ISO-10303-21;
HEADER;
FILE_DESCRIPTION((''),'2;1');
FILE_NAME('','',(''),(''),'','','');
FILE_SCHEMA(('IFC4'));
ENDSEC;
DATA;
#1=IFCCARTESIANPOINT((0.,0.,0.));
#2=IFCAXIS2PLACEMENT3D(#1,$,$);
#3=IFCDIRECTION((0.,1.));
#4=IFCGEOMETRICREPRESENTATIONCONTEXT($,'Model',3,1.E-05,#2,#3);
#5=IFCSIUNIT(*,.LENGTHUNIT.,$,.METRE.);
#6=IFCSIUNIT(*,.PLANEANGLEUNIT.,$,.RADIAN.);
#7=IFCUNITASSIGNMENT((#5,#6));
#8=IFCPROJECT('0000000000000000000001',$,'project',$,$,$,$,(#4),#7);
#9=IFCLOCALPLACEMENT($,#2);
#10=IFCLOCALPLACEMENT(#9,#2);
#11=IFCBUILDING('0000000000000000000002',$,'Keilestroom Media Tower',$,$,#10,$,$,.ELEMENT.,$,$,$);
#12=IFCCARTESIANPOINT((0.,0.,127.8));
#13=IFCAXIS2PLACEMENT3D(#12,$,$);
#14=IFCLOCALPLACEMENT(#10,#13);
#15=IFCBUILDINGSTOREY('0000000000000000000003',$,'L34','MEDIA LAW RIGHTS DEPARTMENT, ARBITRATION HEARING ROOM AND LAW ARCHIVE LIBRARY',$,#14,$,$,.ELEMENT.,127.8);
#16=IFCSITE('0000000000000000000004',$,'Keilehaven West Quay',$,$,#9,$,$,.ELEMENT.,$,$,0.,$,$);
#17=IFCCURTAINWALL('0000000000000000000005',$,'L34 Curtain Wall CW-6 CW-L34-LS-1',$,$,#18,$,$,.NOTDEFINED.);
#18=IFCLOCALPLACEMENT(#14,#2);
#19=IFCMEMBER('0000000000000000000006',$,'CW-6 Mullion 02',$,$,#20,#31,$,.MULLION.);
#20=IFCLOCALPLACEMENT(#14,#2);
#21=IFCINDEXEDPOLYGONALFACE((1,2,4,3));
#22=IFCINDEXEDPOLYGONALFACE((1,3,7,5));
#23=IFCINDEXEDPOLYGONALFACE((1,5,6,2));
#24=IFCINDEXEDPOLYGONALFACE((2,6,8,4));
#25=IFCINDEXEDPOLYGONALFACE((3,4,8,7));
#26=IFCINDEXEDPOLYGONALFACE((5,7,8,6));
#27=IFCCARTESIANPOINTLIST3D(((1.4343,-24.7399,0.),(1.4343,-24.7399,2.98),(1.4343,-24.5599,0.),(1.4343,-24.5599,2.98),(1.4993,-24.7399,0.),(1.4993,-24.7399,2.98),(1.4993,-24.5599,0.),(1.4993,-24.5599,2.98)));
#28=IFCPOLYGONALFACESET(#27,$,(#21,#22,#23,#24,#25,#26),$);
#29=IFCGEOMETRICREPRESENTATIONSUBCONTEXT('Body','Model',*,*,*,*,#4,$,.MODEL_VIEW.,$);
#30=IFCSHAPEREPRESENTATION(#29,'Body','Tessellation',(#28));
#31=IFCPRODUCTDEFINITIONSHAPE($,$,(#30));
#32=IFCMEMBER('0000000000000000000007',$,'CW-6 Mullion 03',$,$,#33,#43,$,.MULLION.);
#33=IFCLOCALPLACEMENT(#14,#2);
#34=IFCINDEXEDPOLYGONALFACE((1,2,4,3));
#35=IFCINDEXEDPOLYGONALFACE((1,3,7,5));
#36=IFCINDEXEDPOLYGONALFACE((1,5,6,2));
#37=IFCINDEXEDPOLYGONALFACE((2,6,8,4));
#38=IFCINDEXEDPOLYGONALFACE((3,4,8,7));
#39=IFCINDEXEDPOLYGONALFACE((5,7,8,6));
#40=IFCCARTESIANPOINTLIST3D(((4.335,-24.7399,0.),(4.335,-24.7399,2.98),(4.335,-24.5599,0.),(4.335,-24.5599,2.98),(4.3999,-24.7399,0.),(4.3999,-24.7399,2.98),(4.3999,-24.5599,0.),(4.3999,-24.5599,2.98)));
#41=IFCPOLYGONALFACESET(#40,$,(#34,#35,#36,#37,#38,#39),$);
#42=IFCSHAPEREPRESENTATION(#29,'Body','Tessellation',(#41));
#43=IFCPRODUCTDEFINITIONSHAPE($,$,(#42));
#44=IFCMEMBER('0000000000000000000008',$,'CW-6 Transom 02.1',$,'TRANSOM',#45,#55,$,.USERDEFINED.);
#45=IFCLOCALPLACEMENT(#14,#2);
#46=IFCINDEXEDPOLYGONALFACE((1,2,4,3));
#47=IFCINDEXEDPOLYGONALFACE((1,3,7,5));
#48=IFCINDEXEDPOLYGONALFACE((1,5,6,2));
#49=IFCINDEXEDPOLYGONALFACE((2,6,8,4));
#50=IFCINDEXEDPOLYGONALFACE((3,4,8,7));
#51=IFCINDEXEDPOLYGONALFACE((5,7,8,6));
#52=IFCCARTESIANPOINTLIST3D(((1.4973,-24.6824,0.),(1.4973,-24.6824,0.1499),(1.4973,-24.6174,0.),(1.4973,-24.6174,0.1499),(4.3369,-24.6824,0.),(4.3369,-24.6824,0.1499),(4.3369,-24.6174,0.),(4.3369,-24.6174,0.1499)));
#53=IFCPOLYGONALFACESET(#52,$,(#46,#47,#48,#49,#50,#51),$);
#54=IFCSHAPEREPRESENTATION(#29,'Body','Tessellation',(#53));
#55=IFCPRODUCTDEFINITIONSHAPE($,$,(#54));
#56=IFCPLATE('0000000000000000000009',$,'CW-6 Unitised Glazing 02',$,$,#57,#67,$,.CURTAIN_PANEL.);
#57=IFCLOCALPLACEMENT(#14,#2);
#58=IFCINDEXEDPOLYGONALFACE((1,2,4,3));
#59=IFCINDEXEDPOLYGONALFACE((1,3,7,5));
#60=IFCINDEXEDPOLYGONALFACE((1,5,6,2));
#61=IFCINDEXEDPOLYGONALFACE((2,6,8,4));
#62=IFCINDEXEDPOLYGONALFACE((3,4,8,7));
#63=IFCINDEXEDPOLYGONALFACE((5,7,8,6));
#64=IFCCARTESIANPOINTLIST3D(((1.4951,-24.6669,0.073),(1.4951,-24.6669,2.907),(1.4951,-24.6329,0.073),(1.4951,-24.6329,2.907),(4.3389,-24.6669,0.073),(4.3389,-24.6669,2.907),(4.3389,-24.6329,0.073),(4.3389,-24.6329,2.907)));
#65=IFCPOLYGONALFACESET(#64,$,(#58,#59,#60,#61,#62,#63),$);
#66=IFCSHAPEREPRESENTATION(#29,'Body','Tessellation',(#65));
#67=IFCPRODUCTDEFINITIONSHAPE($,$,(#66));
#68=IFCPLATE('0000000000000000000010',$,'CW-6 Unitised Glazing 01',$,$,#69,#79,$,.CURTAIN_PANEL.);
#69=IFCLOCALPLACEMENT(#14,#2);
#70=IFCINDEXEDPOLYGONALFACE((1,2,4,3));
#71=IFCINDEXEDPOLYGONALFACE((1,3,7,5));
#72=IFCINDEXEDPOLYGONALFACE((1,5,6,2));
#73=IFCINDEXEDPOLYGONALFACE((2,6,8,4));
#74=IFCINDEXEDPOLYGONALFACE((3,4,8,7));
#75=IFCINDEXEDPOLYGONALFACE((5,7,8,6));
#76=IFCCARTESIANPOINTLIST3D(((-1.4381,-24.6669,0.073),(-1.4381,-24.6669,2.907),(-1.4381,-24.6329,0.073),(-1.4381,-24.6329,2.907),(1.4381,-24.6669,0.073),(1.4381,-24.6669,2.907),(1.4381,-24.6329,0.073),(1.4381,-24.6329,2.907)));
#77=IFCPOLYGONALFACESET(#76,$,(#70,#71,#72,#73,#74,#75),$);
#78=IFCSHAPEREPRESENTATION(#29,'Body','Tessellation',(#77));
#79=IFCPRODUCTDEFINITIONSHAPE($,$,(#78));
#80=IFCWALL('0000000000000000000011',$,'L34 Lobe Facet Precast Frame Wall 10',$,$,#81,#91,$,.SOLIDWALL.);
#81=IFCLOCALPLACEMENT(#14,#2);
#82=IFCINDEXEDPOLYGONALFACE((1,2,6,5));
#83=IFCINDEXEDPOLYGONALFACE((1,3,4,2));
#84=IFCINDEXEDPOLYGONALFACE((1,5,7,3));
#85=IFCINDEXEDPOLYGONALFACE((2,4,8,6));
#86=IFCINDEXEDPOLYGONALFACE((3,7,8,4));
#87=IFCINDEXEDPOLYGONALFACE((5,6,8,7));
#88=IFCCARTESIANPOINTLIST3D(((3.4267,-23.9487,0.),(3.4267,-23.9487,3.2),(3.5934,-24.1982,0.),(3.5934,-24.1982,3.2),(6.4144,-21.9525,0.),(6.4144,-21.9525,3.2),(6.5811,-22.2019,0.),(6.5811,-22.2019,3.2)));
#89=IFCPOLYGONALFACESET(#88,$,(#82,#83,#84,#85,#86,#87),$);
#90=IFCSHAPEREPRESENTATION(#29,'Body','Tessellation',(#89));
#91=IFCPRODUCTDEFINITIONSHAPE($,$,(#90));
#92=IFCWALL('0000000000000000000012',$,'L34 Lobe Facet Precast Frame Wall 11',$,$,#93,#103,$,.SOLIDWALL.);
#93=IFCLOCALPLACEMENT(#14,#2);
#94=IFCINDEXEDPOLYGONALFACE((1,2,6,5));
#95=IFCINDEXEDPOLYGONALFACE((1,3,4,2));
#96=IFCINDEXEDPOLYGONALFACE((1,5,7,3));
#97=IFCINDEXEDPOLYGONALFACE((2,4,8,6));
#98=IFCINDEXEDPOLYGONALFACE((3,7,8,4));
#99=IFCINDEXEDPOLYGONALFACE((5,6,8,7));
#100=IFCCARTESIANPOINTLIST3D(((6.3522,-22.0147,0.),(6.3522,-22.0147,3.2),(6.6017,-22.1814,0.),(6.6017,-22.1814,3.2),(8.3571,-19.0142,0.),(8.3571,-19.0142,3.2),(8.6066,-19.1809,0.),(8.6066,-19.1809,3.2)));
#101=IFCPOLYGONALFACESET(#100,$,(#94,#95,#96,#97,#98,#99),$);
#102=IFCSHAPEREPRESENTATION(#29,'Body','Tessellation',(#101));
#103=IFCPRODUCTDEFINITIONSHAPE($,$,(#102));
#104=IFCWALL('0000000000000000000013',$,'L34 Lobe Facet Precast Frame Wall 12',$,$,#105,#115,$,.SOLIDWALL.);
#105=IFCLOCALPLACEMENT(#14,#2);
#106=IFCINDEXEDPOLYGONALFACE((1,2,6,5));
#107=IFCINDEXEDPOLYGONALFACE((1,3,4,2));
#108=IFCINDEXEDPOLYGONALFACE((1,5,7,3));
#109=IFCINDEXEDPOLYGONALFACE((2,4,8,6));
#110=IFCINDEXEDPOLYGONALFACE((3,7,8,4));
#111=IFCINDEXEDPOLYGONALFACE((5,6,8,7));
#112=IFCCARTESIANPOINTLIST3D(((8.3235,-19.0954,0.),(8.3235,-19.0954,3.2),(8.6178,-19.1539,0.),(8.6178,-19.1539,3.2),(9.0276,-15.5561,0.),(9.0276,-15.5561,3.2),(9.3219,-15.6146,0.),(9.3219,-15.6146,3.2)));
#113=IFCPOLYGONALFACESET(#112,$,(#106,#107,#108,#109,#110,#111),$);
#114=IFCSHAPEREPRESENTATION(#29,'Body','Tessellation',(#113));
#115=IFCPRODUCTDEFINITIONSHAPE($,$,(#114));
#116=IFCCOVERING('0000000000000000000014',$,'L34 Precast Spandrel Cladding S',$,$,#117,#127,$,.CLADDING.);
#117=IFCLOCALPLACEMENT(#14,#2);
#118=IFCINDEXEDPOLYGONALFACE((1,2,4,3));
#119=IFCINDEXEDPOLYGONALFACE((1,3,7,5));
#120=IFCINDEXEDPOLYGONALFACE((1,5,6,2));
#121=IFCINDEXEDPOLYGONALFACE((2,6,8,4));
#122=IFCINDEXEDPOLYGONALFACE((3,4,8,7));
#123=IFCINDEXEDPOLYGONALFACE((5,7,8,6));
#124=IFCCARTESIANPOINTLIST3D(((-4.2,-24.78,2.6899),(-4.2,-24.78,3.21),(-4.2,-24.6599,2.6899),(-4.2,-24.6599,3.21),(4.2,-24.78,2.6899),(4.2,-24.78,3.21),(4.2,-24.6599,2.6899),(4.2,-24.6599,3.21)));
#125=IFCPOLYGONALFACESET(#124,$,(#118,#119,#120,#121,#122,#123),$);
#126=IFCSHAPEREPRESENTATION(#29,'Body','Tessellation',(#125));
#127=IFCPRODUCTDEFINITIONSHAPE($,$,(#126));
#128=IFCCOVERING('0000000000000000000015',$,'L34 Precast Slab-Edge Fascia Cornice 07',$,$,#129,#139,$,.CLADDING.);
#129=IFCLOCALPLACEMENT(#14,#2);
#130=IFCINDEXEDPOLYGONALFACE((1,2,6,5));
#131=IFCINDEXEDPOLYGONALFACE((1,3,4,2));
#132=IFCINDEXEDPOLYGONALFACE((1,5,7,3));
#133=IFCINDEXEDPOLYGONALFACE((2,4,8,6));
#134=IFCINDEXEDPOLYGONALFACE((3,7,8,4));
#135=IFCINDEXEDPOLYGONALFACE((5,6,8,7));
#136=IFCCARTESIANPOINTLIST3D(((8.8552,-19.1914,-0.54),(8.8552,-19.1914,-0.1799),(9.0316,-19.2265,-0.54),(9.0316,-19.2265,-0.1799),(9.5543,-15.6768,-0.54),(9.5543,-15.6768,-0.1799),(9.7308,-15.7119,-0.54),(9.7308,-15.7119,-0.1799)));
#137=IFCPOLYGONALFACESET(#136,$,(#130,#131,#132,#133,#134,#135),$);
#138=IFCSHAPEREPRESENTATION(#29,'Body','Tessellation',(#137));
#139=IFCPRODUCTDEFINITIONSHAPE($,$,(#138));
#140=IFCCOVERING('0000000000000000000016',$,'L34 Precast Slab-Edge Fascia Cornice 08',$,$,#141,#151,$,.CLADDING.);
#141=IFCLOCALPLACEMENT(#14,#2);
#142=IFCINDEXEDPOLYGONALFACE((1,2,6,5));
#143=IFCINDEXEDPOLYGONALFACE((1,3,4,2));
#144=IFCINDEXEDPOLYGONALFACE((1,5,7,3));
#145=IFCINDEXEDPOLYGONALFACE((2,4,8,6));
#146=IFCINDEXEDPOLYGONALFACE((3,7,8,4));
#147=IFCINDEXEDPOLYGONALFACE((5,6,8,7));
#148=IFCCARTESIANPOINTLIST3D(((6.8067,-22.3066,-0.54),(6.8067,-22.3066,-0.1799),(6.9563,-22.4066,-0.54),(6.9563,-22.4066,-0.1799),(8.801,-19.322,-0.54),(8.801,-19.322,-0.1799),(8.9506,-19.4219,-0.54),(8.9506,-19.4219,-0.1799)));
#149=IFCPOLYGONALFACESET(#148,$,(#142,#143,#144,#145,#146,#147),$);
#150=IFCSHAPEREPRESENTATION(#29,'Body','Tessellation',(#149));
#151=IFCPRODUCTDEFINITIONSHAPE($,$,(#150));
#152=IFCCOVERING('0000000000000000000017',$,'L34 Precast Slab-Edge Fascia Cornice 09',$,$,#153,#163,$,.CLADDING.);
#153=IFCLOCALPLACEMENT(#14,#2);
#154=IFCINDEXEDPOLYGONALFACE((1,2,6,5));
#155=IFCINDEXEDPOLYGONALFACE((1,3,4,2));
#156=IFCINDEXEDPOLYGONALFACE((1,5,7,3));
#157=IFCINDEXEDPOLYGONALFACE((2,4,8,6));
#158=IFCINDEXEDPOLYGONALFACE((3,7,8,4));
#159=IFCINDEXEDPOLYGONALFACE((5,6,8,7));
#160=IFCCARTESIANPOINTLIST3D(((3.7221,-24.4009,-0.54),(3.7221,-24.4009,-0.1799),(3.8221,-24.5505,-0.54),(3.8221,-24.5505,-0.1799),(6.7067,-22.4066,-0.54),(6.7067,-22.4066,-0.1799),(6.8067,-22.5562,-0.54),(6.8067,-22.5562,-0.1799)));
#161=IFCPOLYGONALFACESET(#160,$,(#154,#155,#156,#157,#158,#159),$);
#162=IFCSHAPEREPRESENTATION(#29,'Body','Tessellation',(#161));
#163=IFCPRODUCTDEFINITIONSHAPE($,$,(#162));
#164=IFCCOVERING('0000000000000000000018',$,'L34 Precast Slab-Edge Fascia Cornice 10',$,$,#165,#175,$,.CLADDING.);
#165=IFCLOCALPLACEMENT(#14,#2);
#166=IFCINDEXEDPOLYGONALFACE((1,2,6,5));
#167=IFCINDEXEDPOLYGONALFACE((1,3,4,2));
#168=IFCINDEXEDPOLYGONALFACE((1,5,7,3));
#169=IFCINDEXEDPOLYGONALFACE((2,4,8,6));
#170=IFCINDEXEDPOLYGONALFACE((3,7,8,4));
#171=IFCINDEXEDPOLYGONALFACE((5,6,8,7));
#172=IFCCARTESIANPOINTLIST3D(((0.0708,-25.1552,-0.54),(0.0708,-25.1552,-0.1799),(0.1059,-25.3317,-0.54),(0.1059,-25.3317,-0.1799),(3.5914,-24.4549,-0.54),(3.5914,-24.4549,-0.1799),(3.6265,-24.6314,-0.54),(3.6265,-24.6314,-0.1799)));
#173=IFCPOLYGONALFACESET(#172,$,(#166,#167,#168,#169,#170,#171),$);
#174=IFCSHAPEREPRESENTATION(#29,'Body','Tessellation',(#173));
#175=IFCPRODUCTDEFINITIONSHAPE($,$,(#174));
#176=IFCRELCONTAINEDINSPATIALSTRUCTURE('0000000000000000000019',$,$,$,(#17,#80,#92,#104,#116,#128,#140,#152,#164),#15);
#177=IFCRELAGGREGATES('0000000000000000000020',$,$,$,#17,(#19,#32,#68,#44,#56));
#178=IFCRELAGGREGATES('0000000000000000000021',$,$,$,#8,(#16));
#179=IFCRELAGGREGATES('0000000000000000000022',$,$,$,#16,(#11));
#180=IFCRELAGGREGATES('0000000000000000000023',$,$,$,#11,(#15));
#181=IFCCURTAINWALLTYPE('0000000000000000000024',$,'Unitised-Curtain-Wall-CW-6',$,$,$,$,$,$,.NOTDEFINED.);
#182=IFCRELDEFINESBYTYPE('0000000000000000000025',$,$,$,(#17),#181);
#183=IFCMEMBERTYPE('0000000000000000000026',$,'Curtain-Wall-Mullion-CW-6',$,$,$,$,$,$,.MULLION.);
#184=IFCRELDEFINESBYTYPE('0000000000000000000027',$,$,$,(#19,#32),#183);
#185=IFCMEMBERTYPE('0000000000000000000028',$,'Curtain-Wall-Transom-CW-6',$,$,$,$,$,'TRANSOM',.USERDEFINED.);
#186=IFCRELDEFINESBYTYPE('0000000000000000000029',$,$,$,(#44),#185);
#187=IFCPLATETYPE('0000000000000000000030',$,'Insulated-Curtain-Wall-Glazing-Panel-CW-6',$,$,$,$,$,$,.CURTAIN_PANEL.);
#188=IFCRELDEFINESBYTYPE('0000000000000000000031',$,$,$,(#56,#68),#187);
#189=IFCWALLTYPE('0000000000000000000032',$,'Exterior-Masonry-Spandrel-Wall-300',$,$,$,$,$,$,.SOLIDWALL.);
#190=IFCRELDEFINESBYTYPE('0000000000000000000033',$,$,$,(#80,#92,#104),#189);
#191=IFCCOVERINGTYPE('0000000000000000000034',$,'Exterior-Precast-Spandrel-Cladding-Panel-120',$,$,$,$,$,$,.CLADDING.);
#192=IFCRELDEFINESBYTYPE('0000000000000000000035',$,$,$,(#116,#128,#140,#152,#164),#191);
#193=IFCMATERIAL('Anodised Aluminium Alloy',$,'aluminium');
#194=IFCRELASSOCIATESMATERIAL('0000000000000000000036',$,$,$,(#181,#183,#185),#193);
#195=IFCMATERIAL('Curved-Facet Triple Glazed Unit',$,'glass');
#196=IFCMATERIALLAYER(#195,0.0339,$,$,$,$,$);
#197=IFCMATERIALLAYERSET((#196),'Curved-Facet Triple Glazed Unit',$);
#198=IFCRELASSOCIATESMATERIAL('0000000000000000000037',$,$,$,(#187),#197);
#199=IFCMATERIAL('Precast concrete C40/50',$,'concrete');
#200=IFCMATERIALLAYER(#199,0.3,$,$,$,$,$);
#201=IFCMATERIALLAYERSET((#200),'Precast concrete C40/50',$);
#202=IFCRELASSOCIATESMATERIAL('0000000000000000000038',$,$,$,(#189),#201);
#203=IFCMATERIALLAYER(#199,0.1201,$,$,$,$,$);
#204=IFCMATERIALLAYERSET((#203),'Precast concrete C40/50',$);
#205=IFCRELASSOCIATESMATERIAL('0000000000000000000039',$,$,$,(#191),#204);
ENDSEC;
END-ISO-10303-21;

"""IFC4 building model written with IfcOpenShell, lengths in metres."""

from ifc_helpers import new_model, si_unit, direction, frame, frame_2d, origin, origin_2d, place, context, subcontext, project, spatial, rectangle, extrude, source, transform, mapped, material, layer, layer_set, material_profile, profile_set, type_object, element, aggregate, save


model = new_model("IFC4")

# Units and contexts
model_context = context("Model", 3, precision=1e-05, world=origin(), true_north=direction((0.0, 1.0)))
body_context = subcontext(model_context, "Body", "Model", "MODEL_VIEW")
ifc_project = project(units=[si_unit("LENGTHUNIT", "METRE"), si_unit("PLANEANGLEUNIT", "RADIAN")], contexts=[model_context])

# Site, building, storey
site_placement = place(None, origin())
site = spatial("IfcSite", under=ifc_project, at=site_placement, Name="Keilehaven West Quay", CompositionType="ELEMENT", RefElevation=0.0)
building_placement = place(site_placement, origin())
building = spatial("IfcBuilding", under=site, at=building_placement, Name="Keilestroom Media Tower", CompositionType="ELEMENT")
storey_placement = place(building_placement, frame((0.0, 0.0, 127.8)))
storey = spatial("IfcBuildingStorey", under=building, at=storey_placement, Name="L34", Description="MEDIA LAW RIGHTS DEPARTMENT, ARBITRATION HEARING ROOM AND LAW ARCHIVE LIBRARY", CompositionType="ELEMENT", Elevation=127.8)

# Curtain wall, members, plates
ifc_material_1 = material(Name="Anodised Aluminium Alloy", Category="aluminium")
curtain_wall_type = type_object("IfcCurtainWallType", Name="Unitised-Curtain-Wall-CW-6", PredefinedType="NOTDEFINED", material=ifc_material_1)
curtain_wall_placement = place(storey_placement, origin())
curtain_wall = element("IfcCurtainWall", 1, at=curtain_wall_placement, inside=storey, type_object=curtain_wall_type, Name="L34 Curtain Wall CW-6 CW-L34-LS-1", PredefinedType="NOTDEFINED")
ifc_material_profile_1 = material_profile(ifc_material_1, rectangle(XDim=0.0649, YDim=0.1799, at=origin_2d()), Name="ALU MULLION 65x180")
ifc_profile_set_1 = profile_set([ifc_material_profile_1], Name="Anodised Aluminium Alloy")
member_type_1 = type_object("IfcMemberType", Name="Curtain-Wall-Mullion-CW-6", PredefinedType="MULLION", material=ifc_profile_set_1)
shared_shape_1 = source(origin(), body_context, "Body", "SweptSolid", [
    extrude(rectangle(XDim=0.0649, YDim=0.1799, at=origin_2d()), origin(), (0.0, 0.0, 1.0), 2.98),
])
member_1_placement = place(storey_placement, frame((1.4668, -24.6499, 0.0), z_axis=(0.0, 0.0, 1.0), x_axis=(1.0, 0.0, 0.0)))
member_1 = element("IfcMember", 2, at=member_1_placement, type_object=member_type_1, Name="CW-6 Mullion 02", PredefinedType="MULLION", context=body_context, shape_type="MappedRepresentation", body=[
    mapped(shared_shape_1, transform((0.0, 0.0, 0.0), x_axis=(1.0, 0.0, 0.0), y_axis=(0.0, 1.0, 0.0), z_axis=(0.0, 0.0, 1.0), scale=1.0)),
])
member_2_placement = place(storey_placement, frame((4.3674, -24.6499, 0.0), z_axis=(0.0, 0.0, 1.0), x_axis=(1.0, 0.0, 0.0)))
member_2 = element("IfcMember", 3, at=member_2_placement, type_object=member_type_1, Name="CW-6 Mullion 03", PredefinedType="MULLION", context=body_context, shape_type="MappedRepresentation", body=[
    mapped(shared_shape_1, transform((0.0, 0.0, 0.0), x_axis=(1.0, 0.0, 0.0), y_axis=(0.0, 1.0, 0.0), z_axis=(0.0, 0.0, 1.0), scale=1.0)),
])
ifc_material_profile_2 = material_profile(ifc_material_1, rectangle(XDim=0.0649, YDim=0.1499, at=origin_2d()), Name="ALU TRANSOM 65x150")
ifc_profile_set_2 = profile_set([ifc_material_profile_2], Name="Anodised Aluminium Alloy")
member_type_2 = type_object("IfcMemberType", Name="Curtain-Wall-Transom-CW-6", ElementType="TRANSOM", PredefinedType="USERDEFINED", material=ifc_profile_set_2)
shared_shape_2 = source(origin(), body_context, "Body", "SweptSolid", [
    extrude(rectangle(XDim=0.0649, YDim=0.1499, at=origin_2d()), origin(), (0.0, 0.0, 1.0), 2.8396),
])
member_3_placement = place(storey_placement, frame((1.4973, -24.6499, 0.075), z_axis=(1.0, 0.0, 0.0), x_axis=(0.0, 1.0, 0.0)))
member_3 = element("IfcMember", 4, at=member_3_placement, type_object=member_type_2, Name="CW-6 Transom 02.1", ObjectType="TRANSOM", PredefinedType="USERDEFINED", context=body_context, shape_type="MappedRepresentation", body=[
    mapped(shared_shape_2, transform((0.0, 0.0, 0.0), x_axis=(1.0, 0.0, 0.0), y_axis=(0.0, 1.0, 0.0), z_axis=(0.0, 0.0, 1.0), scale=1.0)),
])
ifc_material_2 = material(Name="Curved-Facet Triple Glazed Unit", Category="glass")
ifc_layer_1 = layer(ifc_material_2, 0.0339)
ifc_layer_set_1 = layer_set([ifc_layer_1], Name="Curved-Facet Triple Glazed Unit")
plate_type = type_object("IfcPlateType", Name="Insulated-Curtain-Wall-Glazing-Panel-CW-6", PredefinedType="CURTAIN_PANEL", material=ifc_layer_set_1)
shared_shape_3 = source(origin(), body_context, "Body", "SweptSolid", [
    extrude(rectangle(XDim=2.8438, YDim=0.0339, at=origin_2d()), origin(), (0.0, 0.0, 1.0), 2.834),
])
plate_1_placement = place(storey_placement, frame((2.917, -24.6499, 0.073), z_axis=(0.0, 0.0, 1.0), x_axis=(1.0, 0.0, 0.0)))
plate_1 = element("IfcPlate", 5, at=plate_1_placement, type_object=plate_type, Name="CW-6 Unitised Glazing 02", PredefinedType="CURTAIN_PANEL", context=body_context, shape_type="MappedRepresentation", body=[
    mapped(shared_shape_3, transform((0.0, 0.0, 0.0), x_axis=(1.0, 0.0, 0.0), y_axis=(0.0, 1.0, 0.0), z_axis=(0.0, 0.0, 1.0), scale=1.0)),
])
shared_shape_4 = source(origin(), body_context, "Body", "SweptSolid", [
    extrude(rectangle(XDim=2.8762, YDim=0.0339, at=origin_2d()), origin(), (0.0, 0.0, 1.0), 2.834),
])
plate_2_placement = place(storey_placement, frame((0.0, -24.6499, 0.073), z_axis=(0.0, 0.0, 1.0), x_axis=(1.0, 0.0, 0.0)))
plate_2 = element("IfcPlate", 6, at=plate_2_placement, type_object=plate_type, Name="CW-6 Unitised Glazing 01", PredefinedType="CURTAIN_PANEL", context=body_context, shape_type="MappedRepresentation", body=[
    mapped(shared_shape_4, transform((0.0, 0.0, 0.0), x_axis=(1.0, 0.0, 0.0), y_axis=(0.0, 1.0, 0.0), z_axis=(0.0, 0.0, 1.0), scale=1.0)),
])
aggregate(curtain_wall, [member_1, member_2, plate_2, member_3, plate_1])

# Walls
ifc_material_3 = material(Name="Precast concrete C40/50", Category="concrete")
ifc_layer_2 = layer(ifc_material_3, 0.3)
ifc_layer_set_2 = layer_set([ifc_layer_2], Name="Precast concrete C40/50")
wall_type = type_object("IfcWallType", Name="Exterior-Masonry-Spandrel-Wall-300", PredefinedType="SOLIDWALL", material=ifc_layer_set_2)
wall_placement = place(storey_placement, frame((3.51, -24.0735, 0.0), z_axis=(0.0, 0.0, 1.0), x_axis=(0.831475, 0.555562, 0.0)))
element("IfcWall", 7, at=wall_placement, inside=storey, type_object=wall_type, Name="L34 Lobe Facet Precast Frame Wall 10", PredefinedType="SOLIDWALL", context=body_context, shape_type="SweptSolid", body=[
    extrude(rectangle(XDim=3.5933, YDim=0.3, at=frame_2d((1.7966, 0.0))), origin(), (0.0, 0.0, 1.0), 3.2),
])
for number, where, z_axis, x_axis, name in (
    (8, (6.4771, -22.0979, 0.0), (0.0, 0.0, 1.0), (0.555574, 0.831467, 0.0), "L34 Lobe Facet Precast Frame Wall 11"),
    (9, (8.4707, -19.1245, 0.0), (0.0, 0.0, 1.0), (0.195114, 0.980781, 0.0), "L34 Lobe Facet Precast Frame Wall 12"),
):
    element("IfcWall", number, at=place(storey_placement, frame(where, z_axis=z_axis, x_axis=x_axis)), inside=storey, type_object=wall_type, Name=name, PredefinedType="SOLIDWALL", context=body_context, shape_type="SweptSolid", body=[
        extrude(rectangle(XDim=3.6086, YDim=0.3, at=frame_2d((1.8042, 0.0))), origin(), (0.0, 0.0, 1.0), 3.2),
    ])

# Coverings
ifc_layer_3 = layer(ifc_material_3, 0.1201)
ifc_layer_set_3 = layer_set([ifc_layer_3], Name="Precast concrete C40/50")
covering_type = type_object("IfcCoveringType", Name="Exterior-Precast-Spandrel-Cladding-Panel-120", PredefinedType="CLADDING", material=ifc_layer_set_3)
shared_shape_5 = source(origin(), body_context, "Body", "SweptSolid", [
    extrude(rectangle(XDim=8.3999, YDim=0.1201, at=origin_2d()), origin(), (0.0, 0.0, 1.0), 0.52),
])
covering_1_placement = place(storey_placement, frame((0.0, -24.72, 2.6899), z_axis=(0.0, 0.0, 1.0), x_axis=(1.0, 0.0, 0.0)))
element("IfcCovering", 10, at=covering_1_placement, inside=storey, type_object=covering_type, Name="L34 Precast Spandrel Cladding S", PredefinedType="CLADDING", context=body_context, shape_type="MappedRepresentation", body=[
    mapped(shared_shape_5, transform((0.0, 0.0, 0.0), x_axis=(1.0, 0.0, 0.0), y_axis=(0.0, 1.0, 0.0), z_axis=(0.0, 0.0, 1.0), scale=1.0)),
])
shared_shape_6 = source(origin(), body_context, "Body", "SweptSolid", [
    extrude(rectangle(XDim=3.5835, YDim=0.1799, at=origin_2d()), origin(), (0.0, 0.0, 1.0), 0.3601),
])
covering_2_placement = place(storey_placement, frame((9.293, -17.4517, -0.54), z_axis=(0.0, 0.0, 1.0), x_axis=(-0.195099, -0.980784, 0.0)))
element("IfcCovering", 11, at=covering_2_placement, inside=storey, type_object=covering_type, Name="L34 Precast Slab-Edge Fascia Cornice 07", PredefinedType="CLADDING", context=body_context, shape_type="MappedRepresentation", body=[
    mapped(shared_shape_6, transform((0.0, 0.0, 0.0), x_axis=(1.0, 0.0, 0.0), y_axis=(0.0, 1.0, 0.0), z_axis=(0.0, 0.0, 1.0), scale=1.0)),
])
shared_shape_7 = source(origin(), body_context, "Body", "SweptSolid", [
    extrude(rectangle(XDim=3.5896, YDim=0.1799, at=origin_2d()), origin(), (0.0, 0.0, 1.0), 0.3601),
])
for number, where, z_axis, x_axis, name in (
    (12, (7.8787, -20.8643, -0.54), (0.0, 0.0, 1.0), (-0.555575, -0.831467, 0.0), "L34 Precast Slab-Edge Fascia Cornice 08"),
    (13, (5.2644, -23.4785, -0.54), (0.0, 0.0, 1.0), (-0.831467, -0.555575, 0.0), "L34 Precast Slab-Edge Fascia Cornice 09"),
    (14, (1.8486, -24.8933, -0.54), (0.0, 0.0, 1.0), (-0.980784, -0.195099, 0.0), "L34 Precast Slab-Edge Fascia Cornice 10"),
):
    element("IfcCovering", number, at=place(storey_placement, frame(where, z_axis=z_axis, x_axis=x_axis)), inside=storey, type_object=covering_type, Name=name, PredefinedType="CLADDING", context=body_context, shape_type="MappedRepresentation", body=[
        mapped(shared_shape_7, transform((0.0, 0.0, 0.0), x_axis=(1.0, 0.0, 0.0), y_axis=(0.0, 1.0, 0.0), z_axis=(0.0, 0.0, 1.0), scale=1.0)),
    ])

save(model, "model.ifc")
